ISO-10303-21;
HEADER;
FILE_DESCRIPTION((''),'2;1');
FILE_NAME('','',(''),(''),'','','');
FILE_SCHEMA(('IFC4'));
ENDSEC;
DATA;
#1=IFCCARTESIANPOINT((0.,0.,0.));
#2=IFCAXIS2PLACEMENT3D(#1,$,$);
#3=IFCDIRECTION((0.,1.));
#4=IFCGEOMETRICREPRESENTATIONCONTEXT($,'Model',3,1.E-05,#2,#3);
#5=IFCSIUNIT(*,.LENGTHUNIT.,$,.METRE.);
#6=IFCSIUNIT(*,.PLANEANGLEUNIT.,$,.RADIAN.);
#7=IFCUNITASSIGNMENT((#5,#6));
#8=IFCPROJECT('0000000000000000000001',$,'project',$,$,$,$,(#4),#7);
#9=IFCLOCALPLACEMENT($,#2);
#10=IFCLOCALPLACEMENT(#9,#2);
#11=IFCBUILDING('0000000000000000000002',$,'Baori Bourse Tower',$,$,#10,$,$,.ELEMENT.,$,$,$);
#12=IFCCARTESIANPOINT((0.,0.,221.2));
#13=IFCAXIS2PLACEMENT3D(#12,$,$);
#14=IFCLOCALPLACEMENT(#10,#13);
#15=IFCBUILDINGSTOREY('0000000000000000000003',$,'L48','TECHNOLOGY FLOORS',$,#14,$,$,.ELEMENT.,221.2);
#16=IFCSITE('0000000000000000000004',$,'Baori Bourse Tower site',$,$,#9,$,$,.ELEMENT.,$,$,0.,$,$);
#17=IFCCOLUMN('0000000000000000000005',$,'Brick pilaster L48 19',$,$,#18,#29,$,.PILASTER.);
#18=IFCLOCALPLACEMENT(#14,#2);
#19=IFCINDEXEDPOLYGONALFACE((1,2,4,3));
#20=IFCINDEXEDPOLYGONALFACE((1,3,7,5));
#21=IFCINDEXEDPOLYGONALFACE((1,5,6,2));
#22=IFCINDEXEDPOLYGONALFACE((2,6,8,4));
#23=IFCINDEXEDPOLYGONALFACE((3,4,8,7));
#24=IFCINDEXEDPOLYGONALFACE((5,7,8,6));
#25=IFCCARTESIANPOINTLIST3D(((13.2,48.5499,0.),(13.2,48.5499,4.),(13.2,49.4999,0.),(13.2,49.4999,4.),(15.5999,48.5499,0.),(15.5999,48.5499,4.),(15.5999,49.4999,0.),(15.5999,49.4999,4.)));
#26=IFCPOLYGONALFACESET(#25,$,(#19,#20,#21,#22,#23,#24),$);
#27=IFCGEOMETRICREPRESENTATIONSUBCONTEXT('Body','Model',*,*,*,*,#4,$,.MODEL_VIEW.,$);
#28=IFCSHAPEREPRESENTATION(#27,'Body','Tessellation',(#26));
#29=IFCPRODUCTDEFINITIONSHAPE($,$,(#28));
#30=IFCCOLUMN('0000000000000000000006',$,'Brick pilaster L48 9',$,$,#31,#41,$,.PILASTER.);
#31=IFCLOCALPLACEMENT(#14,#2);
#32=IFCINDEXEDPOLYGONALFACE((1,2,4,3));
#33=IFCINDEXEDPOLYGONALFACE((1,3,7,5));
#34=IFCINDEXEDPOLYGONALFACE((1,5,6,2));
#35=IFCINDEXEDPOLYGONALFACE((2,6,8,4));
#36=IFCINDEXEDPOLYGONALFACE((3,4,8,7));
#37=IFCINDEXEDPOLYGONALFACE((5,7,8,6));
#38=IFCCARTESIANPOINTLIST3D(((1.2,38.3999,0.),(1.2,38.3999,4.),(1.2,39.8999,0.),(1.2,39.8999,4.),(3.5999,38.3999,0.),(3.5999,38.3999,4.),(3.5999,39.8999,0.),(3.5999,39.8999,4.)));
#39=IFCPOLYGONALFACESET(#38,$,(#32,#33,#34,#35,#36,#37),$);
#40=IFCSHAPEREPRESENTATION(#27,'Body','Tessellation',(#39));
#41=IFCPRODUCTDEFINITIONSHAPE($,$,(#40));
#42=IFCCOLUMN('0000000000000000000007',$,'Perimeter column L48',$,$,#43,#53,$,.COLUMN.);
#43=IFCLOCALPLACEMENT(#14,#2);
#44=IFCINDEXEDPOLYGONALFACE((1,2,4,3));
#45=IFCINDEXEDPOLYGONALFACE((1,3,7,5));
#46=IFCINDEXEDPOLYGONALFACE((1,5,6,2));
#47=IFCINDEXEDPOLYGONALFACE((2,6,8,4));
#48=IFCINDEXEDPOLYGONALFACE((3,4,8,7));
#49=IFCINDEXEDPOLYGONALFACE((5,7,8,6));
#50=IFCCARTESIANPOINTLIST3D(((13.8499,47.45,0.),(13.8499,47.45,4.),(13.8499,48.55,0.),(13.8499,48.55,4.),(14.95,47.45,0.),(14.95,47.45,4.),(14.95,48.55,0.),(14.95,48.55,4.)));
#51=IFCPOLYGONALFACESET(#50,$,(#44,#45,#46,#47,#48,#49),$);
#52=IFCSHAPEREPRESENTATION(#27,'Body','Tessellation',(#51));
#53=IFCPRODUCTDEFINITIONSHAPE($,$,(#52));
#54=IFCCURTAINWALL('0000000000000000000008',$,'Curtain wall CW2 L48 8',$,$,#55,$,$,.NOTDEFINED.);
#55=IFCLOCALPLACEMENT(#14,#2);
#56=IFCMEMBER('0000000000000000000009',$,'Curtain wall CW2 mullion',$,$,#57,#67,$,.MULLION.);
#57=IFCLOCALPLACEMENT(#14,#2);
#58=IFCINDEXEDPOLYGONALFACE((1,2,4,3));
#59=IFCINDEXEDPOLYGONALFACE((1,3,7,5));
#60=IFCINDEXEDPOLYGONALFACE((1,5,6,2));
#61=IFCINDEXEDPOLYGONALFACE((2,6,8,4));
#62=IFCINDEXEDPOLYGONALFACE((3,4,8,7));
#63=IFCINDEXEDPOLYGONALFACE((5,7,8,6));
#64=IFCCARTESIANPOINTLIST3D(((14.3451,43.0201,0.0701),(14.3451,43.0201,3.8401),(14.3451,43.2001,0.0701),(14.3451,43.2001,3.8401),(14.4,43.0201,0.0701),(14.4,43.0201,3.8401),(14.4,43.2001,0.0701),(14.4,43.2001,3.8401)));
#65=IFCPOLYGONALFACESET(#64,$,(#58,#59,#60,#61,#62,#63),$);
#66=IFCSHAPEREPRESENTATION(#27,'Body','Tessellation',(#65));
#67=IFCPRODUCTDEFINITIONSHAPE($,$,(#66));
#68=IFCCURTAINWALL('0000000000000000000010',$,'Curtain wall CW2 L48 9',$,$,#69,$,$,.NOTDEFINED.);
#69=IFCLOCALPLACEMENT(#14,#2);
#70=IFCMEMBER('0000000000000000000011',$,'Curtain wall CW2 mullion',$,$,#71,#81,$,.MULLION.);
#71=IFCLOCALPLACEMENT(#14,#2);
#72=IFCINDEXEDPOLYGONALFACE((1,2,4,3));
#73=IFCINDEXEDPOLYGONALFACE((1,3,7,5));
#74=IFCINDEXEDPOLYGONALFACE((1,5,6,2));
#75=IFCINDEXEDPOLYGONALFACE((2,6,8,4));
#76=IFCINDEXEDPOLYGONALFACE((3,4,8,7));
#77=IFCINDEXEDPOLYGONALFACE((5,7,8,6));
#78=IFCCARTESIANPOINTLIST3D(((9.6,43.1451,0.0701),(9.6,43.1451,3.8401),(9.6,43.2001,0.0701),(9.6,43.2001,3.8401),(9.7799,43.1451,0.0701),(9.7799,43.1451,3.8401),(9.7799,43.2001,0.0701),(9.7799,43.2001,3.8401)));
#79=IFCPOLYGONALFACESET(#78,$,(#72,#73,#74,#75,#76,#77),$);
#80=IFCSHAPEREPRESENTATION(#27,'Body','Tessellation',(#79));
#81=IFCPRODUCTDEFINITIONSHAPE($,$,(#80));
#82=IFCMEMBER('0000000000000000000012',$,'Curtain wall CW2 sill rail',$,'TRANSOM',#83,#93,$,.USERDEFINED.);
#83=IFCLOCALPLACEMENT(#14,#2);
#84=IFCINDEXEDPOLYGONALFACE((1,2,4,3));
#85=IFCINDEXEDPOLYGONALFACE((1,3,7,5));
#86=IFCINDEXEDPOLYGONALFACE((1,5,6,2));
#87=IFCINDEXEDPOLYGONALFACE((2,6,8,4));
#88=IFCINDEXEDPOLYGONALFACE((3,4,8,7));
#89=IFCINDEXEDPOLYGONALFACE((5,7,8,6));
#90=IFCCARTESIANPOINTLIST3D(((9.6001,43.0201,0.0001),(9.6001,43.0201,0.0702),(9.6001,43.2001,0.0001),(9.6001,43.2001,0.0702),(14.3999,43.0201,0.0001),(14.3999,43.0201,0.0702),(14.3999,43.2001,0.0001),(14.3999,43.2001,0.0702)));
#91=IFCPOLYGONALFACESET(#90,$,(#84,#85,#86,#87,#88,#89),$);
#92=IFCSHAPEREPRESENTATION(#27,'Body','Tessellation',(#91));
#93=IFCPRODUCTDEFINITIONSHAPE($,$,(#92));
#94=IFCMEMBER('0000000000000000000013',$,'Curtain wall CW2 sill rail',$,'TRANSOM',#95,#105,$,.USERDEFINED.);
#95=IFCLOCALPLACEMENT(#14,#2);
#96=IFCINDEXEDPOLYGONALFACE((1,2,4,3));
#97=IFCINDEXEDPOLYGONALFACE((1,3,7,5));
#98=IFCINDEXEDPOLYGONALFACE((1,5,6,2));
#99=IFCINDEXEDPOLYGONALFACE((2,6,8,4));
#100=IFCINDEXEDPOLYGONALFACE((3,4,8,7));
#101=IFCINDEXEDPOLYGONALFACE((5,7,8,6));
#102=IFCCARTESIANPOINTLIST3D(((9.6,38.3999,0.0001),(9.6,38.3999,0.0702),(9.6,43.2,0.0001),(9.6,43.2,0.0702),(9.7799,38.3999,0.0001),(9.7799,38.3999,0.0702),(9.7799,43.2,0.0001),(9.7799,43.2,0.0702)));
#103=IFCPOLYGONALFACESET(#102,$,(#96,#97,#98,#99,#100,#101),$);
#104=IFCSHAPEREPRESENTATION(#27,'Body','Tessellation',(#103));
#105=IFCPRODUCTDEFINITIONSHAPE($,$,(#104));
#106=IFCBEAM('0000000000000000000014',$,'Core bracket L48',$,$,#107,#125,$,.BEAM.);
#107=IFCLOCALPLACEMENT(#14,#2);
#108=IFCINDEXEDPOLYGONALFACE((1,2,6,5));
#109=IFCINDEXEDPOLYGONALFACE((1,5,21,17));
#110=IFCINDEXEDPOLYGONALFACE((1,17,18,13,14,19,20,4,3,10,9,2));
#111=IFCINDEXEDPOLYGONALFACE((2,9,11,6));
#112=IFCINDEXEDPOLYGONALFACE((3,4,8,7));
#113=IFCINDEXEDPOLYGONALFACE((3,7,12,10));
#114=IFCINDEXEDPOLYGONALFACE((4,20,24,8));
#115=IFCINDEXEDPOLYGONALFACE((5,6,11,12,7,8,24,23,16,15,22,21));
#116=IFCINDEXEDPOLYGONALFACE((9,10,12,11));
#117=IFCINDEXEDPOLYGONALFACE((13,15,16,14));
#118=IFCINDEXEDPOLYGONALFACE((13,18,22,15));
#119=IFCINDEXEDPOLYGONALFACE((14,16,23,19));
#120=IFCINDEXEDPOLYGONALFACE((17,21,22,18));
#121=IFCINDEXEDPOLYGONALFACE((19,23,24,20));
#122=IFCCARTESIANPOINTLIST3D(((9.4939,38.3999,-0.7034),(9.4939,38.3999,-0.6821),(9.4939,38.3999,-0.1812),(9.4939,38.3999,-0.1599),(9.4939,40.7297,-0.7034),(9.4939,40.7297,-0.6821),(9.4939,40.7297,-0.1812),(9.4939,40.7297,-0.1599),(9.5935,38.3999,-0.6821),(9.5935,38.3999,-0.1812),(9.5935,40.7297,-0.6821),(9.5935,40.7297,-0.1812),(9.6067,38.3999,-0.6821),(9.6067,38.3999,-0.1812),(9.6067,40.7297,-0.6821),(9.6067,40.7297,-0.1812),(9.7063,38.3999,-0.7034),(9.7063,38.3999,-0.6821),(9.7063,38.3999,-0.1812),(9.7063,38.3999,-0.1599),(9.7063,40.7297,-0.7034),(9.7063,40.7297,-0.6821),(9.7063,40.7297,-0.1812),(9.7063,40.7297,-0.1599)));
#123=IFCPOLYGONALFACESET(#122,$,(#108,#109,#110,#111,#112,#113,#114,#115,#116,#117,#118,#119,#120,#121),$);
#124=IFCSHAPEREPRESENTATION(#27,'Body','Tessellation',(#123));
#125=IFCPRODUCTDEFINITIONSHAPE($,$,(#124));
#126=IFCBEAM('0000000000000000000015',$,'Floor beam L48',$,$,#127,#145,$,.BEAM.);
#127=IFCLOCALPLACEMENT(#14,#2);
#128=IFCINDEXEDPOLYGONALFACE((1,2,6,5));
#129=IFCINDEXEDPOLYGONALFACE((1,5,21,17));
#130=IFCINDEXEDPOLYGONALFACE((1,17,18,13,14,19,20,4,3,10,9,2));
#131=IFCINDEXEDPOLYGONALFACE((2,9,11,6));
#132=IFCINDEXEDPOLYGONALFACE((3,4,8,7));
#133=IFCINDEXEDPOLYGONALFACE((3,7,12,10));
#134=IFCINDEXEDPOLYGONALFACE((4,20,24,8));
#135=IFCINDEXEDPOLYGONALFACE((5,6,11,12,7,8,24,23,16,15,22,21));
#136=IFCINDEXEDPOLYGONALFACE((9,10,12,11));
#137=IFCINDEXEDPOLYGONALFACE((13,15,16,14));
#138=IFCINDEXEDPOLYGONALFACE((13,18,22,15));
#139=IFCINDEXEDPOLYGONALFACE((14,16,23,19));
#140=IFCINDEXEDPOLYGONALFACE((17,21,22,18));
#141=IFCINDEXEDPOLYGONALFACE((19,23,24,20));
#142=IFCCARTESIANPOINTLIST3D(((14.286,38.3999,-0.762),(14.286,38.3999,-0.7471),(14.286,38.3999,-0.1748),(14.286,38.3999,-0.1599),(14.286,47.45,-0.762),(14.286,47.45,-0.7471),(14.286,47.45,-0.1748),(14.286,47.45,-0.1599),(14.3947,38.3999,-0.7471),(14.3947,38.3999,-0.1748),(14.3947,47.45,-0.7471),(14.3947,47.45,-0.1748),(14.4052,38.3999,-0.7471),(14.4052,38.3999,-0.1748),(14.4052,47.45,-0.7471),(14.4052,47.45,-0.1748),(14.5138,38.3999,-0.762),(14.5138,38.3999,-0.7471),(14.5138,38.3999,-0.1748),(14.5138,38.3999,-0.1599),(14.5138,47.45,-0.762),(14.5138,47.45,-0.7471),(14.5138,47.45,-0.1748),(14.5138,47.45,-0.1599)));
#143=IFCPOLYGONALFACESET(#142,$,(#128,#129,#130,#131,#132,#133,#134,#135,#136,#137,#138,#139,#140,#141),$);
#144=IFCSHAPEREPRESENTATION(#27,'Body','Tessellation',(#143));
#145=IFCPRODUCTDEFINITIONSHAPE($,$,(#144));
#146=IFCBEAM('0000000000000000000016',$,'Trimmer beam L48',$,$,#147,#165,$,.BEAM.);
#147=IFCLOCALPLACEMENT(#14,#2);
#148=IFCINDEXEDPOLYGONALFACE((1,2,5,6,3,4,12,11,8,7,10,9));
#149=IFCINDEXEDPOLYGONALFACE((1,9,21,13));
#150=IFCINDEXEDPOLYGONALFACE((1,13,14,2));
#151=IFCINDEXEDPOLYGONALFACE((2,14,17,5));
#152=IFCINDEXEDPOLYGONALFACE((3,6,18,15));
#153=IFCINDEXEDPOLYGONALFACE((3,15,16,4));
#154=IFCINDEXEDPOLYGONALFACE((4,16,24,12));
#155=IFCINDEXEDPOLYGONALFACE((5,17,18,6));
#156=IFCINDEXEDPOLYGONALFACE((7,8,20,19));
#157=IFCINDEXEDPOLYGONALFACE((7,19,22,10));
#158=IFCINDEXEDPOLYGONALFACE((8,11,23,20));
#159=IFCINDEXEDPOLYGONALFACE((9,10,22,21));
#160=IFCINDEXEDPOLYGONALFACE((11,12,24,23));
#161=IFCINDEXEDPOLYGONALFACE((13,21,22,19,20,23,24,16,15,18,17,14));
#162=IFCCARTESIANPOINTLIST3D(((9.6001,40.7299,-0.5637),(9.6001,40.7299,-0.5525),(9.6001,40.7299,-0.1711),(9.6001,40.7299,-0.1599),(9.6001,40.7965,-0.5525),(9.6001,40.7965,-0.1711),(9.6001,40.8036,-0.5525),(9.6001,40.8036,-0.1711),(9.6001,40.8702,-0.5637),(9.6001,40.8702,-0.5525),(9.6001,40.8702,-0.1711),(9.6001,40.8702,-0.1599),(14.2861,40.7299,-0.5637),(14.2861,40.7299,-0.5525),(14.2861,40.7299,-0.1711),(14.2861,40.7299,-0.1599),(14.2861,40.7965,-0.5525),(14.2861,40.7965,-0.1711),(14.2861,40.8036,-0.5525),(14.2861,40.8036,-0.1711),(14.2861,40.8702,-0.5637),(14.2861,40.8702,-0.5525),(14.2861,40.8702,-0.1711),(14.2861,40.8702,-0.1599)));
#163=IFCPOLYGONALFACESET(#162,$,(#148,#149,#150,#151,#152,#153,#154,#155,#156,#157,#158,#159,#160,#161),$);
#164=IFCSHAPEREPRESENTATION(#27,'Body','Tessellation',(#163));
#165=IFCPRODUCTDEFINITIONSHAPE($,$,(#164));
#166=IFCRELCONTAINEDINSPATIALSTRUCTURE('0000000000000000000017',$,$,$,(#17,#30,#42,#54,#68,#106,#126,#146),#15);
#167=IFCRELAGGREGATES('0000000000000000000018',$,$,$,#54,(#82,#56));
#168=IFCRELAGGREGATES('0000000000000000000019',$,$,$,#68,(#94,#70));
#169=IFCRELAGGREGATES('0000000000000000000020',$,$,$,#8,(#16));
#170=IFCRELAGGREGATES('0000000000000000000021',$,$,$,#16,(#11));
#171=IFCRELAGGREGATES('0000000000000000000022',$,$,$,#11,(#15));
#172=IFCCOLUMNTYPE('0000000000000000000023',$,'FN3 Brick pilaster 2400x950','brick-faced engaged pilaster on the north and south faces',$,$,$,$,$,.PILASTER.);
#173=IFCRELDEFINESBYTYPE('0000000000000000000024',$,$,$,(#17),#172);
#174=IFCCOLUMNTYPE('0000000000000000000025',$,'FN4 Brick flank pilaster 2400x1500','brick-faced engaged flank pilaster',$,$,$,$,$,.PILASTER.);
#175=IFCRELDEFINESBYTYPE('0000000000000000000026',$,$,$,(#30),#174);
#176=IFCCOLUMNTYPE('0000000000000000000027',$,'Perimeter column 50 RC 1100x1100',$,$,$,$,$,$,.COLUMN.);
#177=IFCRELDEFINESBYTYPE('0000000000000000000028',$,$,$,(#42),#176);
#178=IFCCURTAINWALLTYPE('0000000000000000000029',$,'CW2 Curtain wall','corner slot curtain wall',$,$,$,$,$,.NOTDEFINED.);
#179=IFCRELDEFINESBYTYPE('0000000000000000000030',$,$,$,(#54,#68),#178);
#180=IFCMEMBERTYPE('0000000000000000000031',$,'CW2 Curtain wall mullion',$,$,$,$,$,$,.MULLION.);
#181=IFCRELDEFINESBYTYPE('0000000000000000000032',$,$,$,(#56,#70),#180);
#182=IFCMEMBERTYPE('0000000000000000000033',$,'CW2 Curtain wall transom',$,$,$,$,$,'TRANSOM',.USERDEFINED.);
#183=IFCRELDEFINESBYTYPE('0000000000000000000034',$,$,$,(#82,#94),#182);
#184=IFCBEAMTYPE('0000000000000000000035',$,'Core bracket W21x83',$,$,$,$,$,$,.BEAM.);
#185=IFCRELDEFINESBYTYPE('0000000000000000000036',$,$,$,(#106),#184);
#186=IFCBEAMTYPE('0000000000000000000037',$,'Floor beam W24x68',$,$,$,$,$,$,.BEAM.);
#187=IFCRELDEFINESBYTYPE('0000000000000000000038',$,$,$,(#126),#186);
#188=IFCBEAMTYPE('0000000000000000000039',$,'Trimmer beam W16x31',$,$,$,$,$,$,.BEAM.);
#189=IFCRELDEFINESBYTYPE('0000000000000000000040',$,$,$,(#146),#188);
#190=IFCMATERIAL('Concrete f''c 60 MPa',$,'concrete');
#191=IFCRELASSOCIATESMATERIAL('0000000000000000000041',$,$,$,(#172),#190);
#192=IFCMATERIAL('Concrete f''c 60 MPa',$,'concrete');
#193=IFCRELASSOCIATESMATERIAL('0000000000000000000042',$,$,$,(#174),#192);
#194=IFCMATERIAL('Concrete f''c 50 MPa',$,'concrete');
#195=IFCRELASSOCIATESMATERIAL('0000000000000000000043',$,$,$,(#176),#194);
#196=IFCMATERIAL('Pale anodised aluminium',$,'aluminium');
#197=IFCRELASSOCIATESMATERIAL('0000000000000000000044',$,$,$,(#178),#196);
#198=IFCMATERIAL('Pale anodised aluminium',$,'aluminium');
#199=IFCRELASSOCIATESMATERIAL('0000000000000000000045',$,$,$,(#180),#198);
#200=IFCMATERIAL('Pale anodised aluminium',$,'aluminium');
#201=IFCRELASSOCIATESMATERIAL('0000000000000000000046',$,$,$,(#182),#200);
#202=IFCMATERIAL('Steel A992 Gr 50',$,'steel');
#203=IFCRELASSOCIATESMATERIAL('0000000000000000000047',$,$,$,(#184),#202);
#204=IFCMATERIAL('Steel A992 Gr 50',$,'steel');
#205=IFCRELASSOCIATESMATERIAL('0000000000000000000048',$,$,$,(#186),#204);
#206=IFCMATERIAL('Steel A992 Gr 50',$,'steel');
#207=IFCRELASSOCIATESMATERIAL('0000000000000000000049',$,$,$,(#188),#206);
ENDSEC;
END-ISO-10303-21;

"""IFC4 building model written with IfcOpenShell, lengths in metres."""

from ifc_helpers import new_model, si_unit, direction, frame, origin, origin_2d, place, context, subcontext, project, spatial, rectangle, i_section, extrude, material, material_profile, profile_set, type_object, element, aggregate, save


model = new_model("IFC4")

# Units and contexts
model_context = context("Model", 3, precision=1e-05, world=origin(), true_north=direction((0.0, 1.0)))
body_context = subcontext(model_context, "Body", "Model", "MODEL_VIEW")
ifc_project = project(units=[si_unit("LENGTHUNIT", "METRE"), si_unit("PLANEANGLEUNIT", "RADIAN")], contexts=[model_context])

# Site, building, storey
site_placement = place(None, origin())
site = spatial("IfcSite", under=ifc_project, at=site_placement, Name="Baori Bourse Tower site", CompositionType="ELEMENT", RefElevation=0.0)
building_placement = place(site_placement, origin())
building = spatial("IfcBuilding", under=site, at=building_placement, Name="Baori Bourse Tower", CompositionType="ELEMENT")
storey_placement = place(building_placement, frame((0.0, 0.0, 221.2)))
storey = spatial("IfcBuildingStorey", under=building, at=storey_placement, Name="L48", Description="TECHNOLOGY FLOORS", CompositionType="ELEMENT", Elevation=221.2)

# Columns
ifc_material_1 = material(Name="Concrete f'c 60 MPa", Category="concrete")
ifc_material_profile_1 = material_profile(ifc_material_1, rectangle(XDim=2.3999, YDim=0.95, at=origin_2d()), Name="RC 2400x950")
ifc_profile_set_1 = profile_set([ifc_material_profile_1], Name="Concrete f'c 60 MPa")
column_type_1 = type_object("IfcColumnType", Name="FN3 Brick pilaster 2400x950", Description="brick-faced engaged pilaster on the north and south faces", PredefinedType="PILASTER", material=ifc_profile_set_1)
column_1_placement = place(storey_placement, frame((14.3999, 49.0249, 0.0), z_axis=(0.0, 0.0, 1.0), x_axis=(1.0, 0.0, 0.0)))
element("IfcColumn", 1, at=column_1_placement, inside=storey, type_object=column_type_1, Name="Brick pilaster L48 19", PredefinedType="PILASTER", context=body_context, shape_type="SweptSolid", body=[
    extrude(rectangle(XDim=2.3999, YDim=0.95, at=origin_2d()), origin(), (0.0, 0.0, 1.0), 4.0),
])
ifc_material_2 = material(Name="Concrete f'c 60 MPa", Category="concrete")
ifc_material_profile_2 = material_profile(ifc_material_2, rectangle(XDim=2.3999, YDim=1.5, at=origin_2d()), Name="RC 2400x1500")
ifc_profile_set_2 = profile_set([ifc_material_profile_2], Name="Concrete f'c 60 MPa")
column_type_2 = type_object("IfcColumnType", Name="FN4 Brick flank pilaster 2400x1500", Description="brick-faced engaged flank pilaster", PredefinedType="PILASTER", material=ifc_profile_set_2)
column_2_placement = place(storey_placement, frame((2.3999, 39.1499, 0.0), z_axis=(0.0, 0.0, 1.0), x_axis=(1.0, 0.0, 0.0)))
element("IfcColumn", 2, at=column_2_placement, inside=storey, type_object=column_type_2, Name="Brick pilaster L48 9", PredefinedType="PILASTER", context=body_context, shape_type="SweptSolid", body=[
    extrude(rectangle(XDim=2.3999, YDim=1.5, at=origin_2d()), origin(), (0.0, 0.0, 1.0), 4.0),
])
ifc_material_3 = material(Name="Concrete f'c 50 MPa", Category="concrete")
ifc_material_profile_3 = material_profile(ifc_material_3, rectangle(XDim=1.1001, YDim=1.1001, at=origin_2d()), Name="RC 1100x1100")
ifc_profile_set_3 = profile_set([ifc_material_profile_3], Name="Concrete f'c 50 MPa")
column_type_3 = type_object("IfcColumnType", Name="Perimeter column 50 RC 1100x1100", PredefinedType="COLUMN", material=ifc_profile_set_3)
column_3_placement = place(storey_placement, frame((14.3999, 48.0, 0.0), z_axis=(0.0, 0.0, 1.0), x_axis=(1.0, 0.0, 0.0)))
element("IfcColumn", 3, at=column_3_placement, inside=storey, type_object=column_type_3, Name="Perimeter column L48", PredefinedType="COLUMN", context=body_context, shape_type="SweptSolid", body=[
    extrude(rectangle(XDim=1.1001, YDim=1.1001, at=origin_2d()), origin(), (0.0, 0.0, 1.0), 4.0),
])

# Curtain walls, members
ifc_material_4 = material(Name="Pale anodised aluminium", Category="aluminium")
curtain_wall_type = type_object("IfcCurtainWallType", Name="CW2 Curtain wall", Description="corner slot curtain wall", PredefinedType="NOTDEFINED", material=ifc_material_4)
curtain_wall_1_placement = place(storey_placement, origin())
curtain_wall_1 = element("IfcCurtainWall", 4, at=curtain_wall_1_placement, inside=storey, type_object=curtain_wall_type, Name="Curtain wall CW2 L48 8", PredefinedType="NOTDEFINED")
ifc_material_5 = material(Name="Pale anodised aluminium", Category="aluminium")
ifc_material_profile_4 = material_profile(ifc_material_5, rectangle(XDim=0.1799, YDim=0.0549, at=origin_2d()), Name="Mullion 55x180")
ifc_profile_set_4 = profile_set([ifc_material_profile_4], Name="Pale anodised aluminium")
member_type_1 = type_object("IfcMemberType", Name="CW2 Curtain wall mullion", PredefinedType="MULLION", material=ifc_profile_set_4)
member_1_placement = place(storey_placement, frame((14.3726, 43.1101, 0.0701), z_axis=(0.0, 0.0, 1.0), x_axis=(0.0, -1.0, 0.0)))
member_1 = element("IfcMember", 5, at=member_1_placement, type_object=member_type_1, Name="Curtain wall CW2 mullion", PredefinedType="MULLION", context=body_context, shape_type="SweptSolid", body=[
    extrude(rectangle(XDim=0.1799, YDim=0.0549, at=origin_2d()), origin(), (0.0, 0.0, 1.0), 3.77),
])
curtain_wall_2_placement = place(storey_placement, origin())
curtain_wall_2 = element("IfcCurtainWall", 6, at=curtain_wall_2_placement, inside=storey, type_object=curtain_wall_type, Name="Curtain wall CW2 L48 9", PredefinedType="NOTDEFINED")
member_2_placement = place(storey_placement, frame((9.6899, 43.1726, 0.0701), z_axis=(0.0, 0.0, 1.0), x_axis=(1.0, 0.0, 0.0)))
member_2 = element("IfcMember", 7, at=member_2_placement, type_object=member_type_1, Name="Curtain wall CW2 mullion", PredefinedType="MULLION", context=body_context, shape_type="SweptSolid", body=[
    extrude(rectangle(XDim=0.1799, YDim=0.0549, at=origin_2d()), origin(), (0.0, 0.0, 1.0), 3.77),
])

# Members
ifc_material_6 = material(Name="Pale anodised aluminium", Category="aluminium")
ifc_material_profile_5 = material_profile(ifc_material_6, rectangle(XDim=0.1799, YDim=0.0701, at=origin_2d()), Name="Transom 70x180")
ifc_profile_set_5 = profile_set([ifc_material_profile_5], Name="Pale anodised aluminium")
member_type_2 = type_object("IfcMemberType", Name="CW2 Curtain wall transom", ElementType="TRANSOM", PredefinedType="USERDEFINED", material=ifc_profile_set_5)
member_3_placement = place(storey_placement, frame((14.3999, 43.1101, 0.0352), z_axis=(-1.0, 0.0, 0.0), x_axis=(0.0, -1.0, 0.0)))
member_3 = element("IfcMember", 8, at=member_3_placement, type_object=member_type_2, Name="Curtain wall CW2 sill rail", ObjectType="TRANSOM", PredefinedType="USERDEFINED", context=body_context, shape_type="SweptSolid", body=[
    extrude(rectangle(XDim=0.1799, YDim=0.0701, at=origin_2d()), origin(), (0.0, 0.0, 1.0), 4.7998),
])
member_4_placement = place(storey_placement, frame((9.6899, 43.2, 0.0352), z_axis=(0.0, -1.0, 0.0), x_axis=(1.0, 0.0, 0.0)))
member_4 = element("IfcMember", 9, at=member_4_placement, type_object=member_type_2, Name="Curtain wall CW2 sill rail", ObjectType="TRANSOM", PredefinedType="USERDEFINED", context=body_context, shape_type="SweptSolid", body=[
    extrude(rectangle(XDim=0.1799, YDim=0.0701, at=origin_2d()), origin(), (0.0, 0.0, 1.0), 4.8),
])

# Beams
ifc_material_7 = material(Name="Steel A992 Gr 50", Category="steel")
ifc_material_profile_6 = material_profile(ifc_material_7, i_section(OverallWidth=0.2124, OverallDepth=0.5435, WebThickness=0.0132, FlangeThickness=0.0212, at=origin_2d()), Name="W21x83")
ifc_profile_set_6 = profile_set([ifc_material_profile_6], Name="Steel A992 Gr 50")
beam_type_1 = type_object("IfcBeamType", Name="Core bracket W21x83", PredefinedType="BEAM", material=ifc_profile_set_6)
beam_1_placement = place(storey_placement, frame((9.6001, 38.3999, -0.4316), z_axis=(0.0, 1.0, 0.0), x_axis=(-1.0, 0.0, 0.0)))
element("IfcBeam", 10, at=beam_1_placement, inside=storey, type_object=beam_type_1, Name="Core bracket L48", PredefinedType="BEAM", context=body_context, shape_type="SweptSolid", body=[
    extrude(i_section(OverallWidth=0.2124, OverallDepth=0.5435, WebThickness=0.0132, FlangeThickness=0.0212, at=origin_2d()), origin(), (0.0, 0.0, 1.0), 2.3298),
])
ifc_material_8 = material(Name="Steel A992 Gr 50", Category="steel")
ifc_material_profile_7 = material_profile(ifc_material_8, i_section(OverallWidth=0.2278, OverallDepth=0.6021, WebThickness=0.0105, FlangeThickness=0.0149, at=origin_2d()), Name="W24x68")
ifc_profile_set_7 = profile_set([ifc_material_profile_7], Name="Steel A992 Gr 50")
beam_type_2 = type_object("IfcBeamType", Name="Floor beam W24x68", PredefinedType="BEAM", material=ifc_profile_set_7)
beam_2_placement = place(storey_placement, frame((14.3999, 38.3999, -0.4609), z_axis=(0.0, 1.0, 0.0), x_axis=(-1.0, 0.0, 0.0)))
element("IfcBeam", 11, at=beam_2_placement, inside=storey, type_object=beam_type_2, Name="Floor beam L48", PredefinedType="BEAM", context=body_context, shape_type="SweptSolid", body=[
    extrude(i_section(OverallWidth=0.2278, OverallDepth=0.6021, WebThickness=0.0105, FlangeThickness=0.0149, at=origin_2d()), origin(), (0.0, 0.0, 1.0), 9.05),
])
ifc_material_9 = material(Name="Steel A992 Gr 50", Category="steel")
ifc_material_profile_8 = material_profile(ifc_material_9, i_section(OverallWidth=0.1404, OverallDepth=0.4038, WebThickness=0.0071, FlangeThickness=0.0112, at=origin_2d()), Name="W16x31")
ifc_profile_set_8 = profile_set([ifc_material_profile_8], Name="Steel A992 Gr 50")
beam_type_3 = type_object("IfcBeamType", Name="Trimmer beam W16x31", PredefinedType="BEAM", material=ifc_profile_set_8)
beam_3_placement = place(storey_placement, frame((9.6001, 40.8, -0.3618), z_axis=(1.0, 0.0, 0.0), x_axis=(0.0, 1.0, 0.0)))
element("IfcBeam", 12, at=beam_3_placement, inside=storey, type_object=beam_type_3, Name="Trimmer beam L48", PredefinedType="BEAM", context=body_context, shape_type="SweptSolid", body=[
    extrude(i_section(OverallWidth=0.1404, OverallDepth=0.4038, WebThickness=0.0071, FlangeThickness=0.0112, at=origin_2d()), origin(), (0.0, 0.0, 1.0), 4.686),
])

aggregate(curtain_wall_1, [member_3, member_1])
aggregate(curtain_wall_2, [member_4, member_2])

save(model, "model.ifc")
